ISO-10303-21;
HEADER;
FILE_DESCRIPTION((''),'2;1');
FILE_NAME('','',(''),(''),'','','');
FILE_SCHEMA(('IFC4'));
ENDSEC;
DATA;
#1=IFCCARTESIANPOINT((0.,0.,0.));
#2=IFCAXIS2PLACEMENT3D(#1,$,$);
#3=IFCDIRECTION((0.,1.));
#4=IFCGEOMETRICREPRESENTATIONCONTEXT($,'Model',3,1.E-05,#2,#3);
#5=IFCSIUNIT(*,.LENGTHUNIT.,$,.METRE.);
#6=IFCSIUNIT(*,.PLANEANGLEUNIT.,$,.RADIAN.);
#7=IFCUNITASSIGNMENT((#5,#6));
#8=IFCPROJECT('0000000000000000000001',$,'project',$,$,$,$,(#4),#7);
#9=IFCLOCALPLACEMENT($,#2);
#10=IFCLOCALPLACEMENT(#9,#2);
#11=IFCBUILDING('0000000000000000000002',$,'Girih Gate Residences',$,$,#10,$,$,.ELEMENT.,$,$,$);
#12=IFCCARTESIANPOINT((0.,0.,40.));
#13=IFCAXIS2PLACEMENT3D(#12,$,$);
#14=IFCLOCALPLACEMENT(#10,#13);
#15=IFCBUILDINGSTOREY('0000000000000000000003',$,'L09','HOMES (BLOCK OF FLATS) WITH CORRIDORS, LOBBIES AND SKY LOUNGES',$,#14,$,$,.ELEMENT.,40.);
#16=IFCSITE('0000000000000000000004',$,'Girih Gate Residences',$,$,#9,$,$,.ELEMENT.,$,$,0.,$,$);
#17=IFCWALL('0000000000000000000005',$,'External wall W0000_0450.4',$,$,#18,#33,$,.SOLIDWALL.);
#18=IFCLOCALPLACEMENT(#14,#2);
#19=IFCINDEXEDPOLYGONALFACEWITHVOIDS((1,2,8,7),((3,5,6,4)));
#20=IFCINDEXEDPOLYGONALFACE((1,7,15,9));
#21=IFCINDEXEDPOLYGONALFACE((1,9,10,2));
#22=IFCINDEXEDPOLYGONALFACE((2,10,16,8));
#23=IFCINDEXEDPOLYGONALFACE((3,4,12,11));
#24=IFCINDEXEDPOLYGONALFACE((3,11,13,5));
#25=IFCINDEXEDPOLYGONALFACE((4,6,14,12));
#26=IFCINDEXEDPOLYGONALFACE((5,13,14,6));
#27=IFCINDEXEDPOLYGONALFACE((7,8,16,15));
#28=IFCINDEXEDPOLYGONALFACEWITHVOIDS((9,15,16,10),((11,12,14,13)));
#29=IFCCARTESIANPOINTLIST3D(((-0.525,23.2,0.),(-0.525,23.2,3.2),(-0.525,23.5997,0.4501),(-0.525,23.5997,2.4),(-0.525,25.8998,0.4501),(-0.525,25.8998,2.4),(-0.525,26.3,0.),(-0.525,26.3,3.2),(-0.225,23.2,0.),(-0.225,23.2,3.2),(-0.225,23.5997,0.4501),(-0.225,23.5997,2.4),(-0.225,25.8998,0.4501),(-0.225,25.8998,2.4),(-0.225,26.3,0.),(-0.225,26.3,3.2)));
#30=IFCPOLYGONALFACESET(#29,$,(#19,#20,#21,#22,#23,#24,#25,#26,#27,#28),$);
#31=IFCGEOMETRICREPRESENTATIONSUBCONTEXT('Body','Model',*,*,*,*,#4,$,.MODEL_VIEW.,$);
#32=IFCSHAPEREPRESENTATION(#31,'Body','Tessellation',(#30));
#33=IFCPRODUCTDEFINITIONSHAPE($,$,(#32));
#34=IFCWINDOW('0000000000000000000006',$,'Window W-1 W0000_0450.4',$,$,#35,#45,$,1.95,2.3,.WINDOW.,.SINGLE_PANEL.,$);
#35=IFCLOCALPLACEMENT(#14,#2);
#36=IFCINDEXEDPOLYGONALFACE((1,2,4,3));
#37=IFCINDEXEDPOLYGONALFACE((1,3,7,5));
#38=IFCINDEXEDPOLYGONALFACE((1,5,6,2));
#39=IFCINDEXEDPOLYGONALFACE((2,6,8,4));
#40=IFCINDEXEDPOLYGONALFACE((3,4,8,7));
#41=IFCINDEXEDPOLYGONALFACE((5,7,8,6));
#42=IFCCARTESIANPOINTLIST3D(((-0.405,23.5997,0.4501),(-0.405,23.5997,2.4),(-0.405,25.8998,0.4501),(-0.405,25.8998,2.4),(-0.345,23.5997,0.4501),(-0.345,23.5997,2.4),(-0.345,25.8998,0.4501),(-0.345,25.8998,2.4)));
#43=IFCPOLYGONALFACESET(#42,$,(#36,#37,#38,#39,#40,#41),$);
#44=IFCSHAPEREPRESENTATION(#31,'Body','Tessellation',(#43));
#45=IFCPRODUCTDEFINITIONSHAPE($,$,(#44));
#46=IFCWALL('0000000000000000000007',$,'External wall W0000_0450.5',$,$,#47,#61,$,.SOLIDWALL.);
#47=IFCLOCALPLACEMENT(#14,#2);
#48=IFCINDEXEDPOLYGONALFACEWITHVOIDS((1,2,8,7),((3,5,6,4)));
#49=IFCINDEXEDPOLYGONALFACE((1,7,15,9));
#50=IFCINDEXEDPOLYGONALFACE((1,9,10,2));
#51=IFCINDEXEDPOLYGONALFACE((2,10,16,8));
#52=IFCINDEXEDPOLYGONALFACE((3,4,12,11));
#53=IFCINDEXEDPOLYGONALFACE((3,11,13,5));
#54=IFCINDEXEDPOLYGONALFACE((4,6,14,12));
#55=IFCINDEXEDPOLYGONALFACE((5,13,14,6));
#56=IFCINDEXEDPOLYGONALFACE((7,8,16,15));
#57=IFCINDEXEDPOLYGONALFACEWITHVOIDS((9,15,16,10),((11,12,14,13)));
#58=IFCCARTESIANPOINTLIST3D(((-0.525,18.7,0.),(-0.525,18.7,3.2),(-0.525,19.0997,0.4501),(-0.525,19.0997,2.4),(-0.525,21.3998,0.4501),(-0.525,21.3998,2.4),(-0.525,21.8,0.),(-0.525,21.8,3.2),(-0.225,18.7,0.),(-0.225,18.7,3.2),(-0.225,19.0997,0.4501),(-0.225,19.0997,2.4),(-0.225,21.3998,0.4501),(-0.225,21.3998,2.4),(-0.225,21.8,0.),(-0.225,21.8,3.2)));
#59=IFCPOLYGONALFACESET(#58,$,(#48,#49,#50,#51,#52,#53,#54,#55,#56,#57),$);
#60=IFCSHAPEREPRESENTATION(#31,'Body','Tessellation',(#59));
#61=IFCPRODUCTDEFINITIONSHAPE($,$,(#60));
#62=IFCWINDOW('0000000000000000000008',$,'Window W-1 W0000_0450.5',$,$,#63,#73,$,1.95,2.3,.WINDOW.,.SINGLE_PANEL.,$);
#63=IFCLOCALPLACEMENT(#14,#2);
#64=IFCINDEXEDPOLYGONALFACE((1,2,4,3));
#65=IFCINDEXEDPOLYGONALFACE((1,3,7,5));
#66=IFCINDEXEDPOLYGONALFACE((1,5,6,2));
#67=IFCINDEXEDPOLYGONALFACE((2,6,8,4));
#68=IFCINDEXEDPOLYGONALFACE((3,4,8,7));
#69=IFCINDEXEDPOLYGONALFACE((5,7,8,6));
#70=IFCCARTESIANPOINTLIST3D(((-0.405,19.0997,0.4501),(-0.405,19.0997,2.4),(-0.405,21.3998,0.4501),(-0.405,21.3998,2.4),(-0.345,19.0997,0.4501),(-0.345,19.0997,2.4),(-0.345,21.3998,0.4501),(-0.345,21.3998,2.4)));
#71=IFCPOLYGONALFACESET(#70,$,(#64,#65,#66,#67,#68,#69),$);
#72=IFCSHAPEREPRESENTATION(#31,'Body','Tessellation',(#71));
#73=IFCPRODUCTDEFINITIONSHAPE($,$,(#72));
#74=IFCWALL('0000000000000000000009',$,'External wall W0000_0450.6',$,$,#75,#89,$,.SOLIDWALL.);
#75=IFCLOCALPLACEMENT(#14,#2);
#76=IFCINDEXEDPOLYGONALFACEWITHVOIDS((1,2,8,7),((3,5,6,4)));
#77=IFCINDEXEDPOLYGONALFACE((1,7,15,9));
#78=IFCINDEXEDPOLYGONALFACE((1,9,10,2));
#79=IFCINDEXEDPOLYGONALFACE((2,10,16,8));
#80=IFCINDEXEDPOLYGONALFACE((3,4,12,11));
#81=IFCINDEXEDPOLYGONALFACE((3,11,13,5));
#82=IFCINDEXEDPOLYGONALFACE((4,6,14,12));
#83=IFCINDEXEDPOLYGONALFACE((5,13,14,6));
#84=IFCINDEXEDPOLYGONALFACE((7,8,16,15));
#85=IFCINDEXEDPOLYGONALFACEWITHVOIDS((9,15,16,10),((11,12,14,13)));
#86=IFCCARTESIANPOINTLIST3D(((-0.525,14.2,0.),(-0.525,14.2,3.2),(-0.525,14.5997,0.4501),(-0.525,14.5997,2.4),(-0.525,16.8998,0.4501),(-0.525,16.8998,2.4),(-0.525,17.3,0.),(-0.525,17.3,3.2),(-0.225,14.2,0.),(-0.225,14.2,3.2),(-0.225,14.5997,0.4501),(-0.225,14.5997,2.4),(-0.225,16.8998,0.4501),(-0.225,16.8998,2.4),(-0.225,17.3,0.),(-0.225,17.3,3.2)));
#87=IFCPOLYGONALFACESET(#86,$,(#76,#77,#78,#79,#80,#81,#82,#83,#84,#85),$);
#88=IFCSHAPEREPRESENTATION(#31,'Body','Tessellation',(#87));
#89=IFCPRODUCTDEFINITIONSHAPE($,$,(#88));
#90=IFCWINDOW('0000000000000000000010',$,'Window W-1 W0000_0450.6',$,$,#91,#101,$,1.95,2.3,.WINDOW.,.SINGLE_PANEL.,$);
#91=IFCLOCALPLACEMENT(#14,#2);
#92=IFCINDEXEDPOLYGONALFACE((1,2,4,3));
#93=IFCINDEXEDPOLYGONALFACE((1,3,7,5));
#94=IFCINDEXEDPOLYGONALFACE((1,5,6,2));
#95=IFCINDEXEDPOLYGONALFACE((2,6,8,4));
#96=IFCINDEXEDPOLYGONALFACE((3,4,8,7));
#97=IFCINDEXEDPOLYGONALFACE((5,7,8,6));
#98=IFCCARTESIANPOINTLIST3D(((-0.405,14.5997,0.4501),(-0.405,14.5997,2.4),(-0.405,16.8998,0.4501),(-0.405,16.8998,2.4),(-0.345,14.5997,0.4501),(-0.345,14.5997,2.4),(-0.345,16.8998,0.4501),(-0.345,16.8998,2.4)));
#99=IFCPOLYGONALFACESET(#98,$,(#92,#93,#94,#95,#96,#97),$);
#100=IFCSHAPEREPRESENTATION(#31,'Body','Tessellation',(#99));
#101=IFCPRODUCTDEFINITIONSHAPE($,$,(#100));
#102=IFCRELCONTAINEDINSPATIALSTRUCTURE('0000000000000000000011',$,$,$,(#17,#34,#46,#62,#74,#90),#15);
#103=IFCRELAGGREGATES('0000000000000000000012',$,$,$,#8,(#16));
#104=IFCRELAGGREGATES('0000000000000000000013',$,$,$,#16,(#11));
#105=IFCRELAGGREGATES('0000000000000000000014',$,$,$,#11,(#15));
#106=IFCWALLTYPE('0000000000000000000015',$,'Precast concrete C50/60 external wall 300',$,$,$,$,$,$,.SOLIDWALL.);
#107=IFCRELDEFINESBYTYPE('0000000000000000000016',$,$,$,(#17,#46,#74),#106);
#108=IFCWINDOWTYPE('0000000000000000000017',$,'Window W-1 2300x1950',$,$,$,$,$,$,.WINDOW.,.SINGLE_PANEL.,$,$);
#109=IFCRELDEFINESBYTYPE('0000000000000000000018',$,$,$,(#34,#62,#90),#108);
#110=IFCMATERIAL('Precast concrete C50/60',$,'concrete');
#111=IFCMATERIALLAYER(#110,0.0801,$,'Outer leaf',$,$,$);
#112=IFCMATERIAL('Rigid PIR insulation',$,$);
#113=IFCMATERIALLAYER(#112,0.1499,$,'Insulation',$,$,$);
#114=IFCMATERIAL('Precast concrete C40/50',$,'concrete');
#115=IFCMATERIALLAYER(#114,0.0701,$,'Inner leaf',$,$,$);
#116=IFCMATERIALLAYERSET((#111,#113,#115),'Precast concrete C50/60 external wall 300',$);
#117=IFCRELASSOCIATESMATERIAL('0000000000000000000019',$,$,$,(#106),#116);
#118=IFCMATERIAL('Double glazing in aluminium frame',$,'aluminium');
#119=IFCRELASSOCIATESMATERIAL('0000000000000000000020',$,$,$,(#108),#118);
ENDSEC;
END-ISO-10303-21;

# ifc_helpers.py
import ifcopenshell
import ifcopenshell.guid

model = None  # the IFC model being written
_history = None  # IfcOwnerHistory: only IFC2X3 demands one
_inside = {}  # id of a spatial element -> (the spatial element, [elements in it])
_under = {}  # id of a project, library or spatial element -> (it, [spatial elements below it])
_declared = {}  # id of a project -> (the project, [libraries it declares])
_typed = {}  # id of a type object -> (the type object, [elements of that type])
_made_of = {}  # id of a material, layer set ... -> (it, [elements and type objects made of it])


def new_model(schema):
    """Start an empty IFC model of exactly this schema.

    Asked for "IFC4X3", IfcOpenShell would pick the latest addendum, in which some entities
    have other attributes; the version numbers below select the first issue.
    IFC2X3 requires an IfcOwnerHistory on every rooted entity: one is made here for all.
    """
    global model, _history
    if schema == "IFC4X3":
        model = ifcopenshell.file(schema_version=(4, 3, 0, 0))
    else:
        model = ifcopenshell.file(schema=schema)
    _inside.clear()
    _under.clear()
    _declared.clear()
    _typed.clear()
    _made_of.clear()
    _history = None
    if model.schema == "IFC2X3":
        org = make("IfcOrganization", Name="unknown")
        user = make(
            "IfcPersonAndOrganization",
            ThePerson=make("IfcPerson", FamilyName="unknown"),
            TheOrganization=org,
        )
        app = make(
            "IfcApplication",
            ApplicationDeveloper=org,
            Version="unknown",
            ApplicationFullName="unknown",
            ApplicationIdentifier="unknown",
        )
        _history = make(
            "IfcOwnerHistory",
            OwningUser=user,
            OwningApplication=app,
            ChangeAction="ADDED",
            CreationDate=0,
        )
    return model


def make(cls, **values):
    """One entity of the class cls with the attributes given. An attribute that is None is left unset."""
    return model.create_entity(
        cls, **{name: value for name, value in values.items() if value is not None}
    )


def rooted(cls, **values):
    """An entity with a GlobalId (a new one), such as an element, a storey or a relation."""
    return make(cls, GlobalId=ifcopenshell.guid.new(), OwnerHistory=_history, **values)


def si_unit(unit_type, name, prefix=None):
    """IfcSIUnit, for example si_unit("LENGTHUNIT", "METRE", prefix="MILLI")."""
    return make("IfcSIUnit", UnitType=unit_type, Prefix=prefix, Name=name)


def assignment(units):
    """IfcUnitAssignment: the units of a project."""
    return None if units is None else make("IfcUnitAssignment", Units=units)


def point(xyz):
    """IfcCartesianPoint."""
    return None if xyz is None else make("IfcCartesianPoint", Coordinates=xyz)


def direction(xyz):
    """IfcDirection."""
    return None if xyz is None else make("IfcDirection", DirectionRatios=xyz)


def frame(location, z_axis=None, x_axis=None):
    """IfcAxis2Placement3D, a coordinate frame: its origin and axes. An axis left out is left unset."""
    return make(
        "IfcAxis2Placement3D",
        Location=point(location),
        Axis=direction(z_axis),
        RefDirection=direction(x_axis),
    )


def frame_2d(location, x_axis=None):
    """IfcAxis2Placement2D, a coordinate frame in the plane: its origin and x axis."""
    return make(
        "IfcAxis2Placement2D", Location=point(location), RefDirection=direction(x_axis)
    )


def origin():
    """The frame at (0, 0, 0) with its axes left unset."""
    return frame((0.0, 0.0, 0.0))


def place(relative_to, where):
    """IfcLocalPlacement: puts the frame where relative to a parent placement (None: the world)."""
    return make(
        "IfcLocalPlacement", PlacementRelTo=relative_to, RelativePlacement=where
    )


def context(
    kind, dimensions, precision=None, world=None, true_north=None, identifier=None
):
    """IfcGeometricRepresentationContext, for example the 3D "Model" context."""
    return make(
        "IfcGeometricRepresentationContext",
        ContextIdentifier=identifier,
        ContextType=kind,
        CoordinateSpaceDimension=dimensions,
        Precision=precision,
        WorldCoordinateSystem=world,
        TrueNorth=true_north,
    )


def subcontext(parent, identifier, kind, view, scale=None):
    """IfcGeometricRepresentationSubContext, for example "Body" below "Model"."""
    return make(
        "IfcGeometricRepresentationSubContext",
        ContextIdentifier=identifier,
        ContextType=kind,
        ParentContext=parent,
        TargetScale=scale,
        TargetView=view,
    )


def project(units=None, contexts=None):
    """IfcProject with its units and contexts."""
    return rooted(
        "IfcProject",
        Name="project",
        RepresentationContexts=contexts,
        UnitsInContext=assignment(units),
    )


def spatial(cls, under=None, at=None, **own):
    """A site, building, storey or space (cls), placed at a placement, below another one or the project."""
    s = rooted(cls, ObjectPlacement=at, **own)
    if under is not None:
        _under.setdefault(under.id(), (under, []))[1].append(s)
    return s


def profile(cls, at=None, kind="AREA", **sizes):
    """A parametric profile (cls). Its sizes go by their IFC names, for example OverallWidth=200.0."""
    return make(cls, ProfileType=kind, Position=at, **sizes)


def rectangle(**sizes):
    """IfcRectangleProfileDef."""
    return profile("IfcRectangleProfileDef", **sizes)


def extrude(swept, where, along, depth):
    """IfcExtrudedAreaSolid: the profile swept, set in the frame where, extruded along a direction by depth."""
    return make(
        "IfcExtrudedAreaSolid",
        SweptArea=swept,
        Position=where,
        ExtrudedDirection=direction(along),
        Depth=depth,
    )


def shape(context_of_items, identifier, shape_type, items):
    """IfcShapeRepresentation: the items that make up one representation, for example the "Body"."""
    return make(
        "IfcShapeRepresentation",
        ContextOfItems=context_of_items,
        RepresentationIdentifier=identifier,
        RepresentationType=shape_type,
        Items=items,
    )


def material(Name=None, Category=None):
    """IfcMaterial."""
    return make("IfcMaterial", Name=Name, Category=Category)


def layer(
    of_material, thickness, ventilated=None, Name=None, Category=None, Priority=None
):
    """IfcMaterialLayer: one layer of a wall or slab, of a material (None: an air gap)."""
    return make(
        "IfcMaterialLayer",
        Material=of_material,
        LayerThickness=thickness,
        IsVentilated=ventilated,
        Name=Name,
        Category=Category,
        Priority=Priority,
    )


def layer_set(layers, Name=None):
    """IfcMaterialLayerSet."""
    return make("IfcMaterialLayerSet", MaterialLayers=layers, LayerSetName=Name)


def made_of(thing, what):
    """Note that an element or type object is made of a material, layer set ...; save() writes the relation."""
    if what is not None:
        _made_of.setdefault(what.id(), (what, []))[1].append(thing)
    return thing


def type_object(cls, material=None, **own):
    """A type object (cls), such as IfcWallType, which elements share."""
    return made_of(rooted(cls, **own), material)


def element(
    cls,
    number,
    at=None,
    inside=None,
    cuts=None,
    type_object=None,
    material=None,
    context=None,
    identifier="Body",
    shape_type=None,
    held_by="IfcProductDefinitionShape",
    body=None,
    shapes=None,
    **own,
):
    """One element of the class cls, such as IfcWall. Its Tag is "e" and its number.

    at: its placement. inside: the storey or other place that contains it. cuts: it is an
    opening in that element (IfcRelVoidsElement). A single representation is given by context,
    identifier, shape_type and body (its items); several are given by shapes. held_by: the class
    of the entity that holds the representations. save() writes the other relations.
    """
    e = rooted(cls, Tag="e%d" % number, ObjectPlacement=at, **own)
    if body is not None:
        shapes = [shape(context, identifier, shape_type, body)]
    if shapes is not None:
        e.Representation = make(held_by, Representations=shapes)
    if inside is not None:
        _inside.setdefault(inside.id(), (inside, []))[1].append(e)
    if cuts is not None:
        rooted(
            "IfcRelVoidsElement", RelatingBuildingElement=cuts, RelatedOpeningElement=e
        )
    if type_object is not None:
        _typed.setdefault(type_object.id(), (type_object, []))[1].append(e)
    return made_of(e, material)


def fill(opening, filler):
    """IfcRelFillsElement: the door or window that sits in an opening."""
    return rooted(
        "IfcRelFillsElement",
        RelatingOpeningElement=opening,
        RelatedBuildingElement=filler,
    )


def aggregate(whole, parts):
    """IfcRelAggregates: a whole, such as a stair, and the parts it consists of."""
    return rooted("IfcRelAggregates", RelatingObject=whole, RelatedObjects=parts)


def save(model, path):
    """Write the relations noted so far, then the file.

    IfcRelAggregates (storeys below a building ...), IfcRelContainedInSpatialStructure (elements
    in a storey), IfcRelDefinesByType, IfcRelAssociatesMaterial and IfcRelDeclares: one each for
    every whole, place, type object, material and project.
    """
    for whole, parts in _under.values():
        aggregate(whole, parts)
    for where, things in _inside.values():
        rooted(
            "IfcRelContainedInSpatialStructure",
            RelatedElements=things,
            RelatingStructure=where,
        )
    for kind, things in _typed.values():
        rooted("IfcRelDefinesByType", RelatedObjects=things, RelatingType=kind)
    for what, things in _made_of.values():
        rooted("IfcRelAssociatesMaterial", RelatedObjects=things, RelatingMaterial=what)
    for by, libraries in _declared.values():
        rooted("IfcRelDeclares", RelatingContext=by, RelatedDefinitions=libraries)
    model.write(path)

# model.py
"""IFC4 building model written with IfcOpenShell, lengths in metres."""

from ifc_helpers import new_model, si_unit, direction, frame, frame_2d, origin, place, context, subcontext, project, spatial, rectangle, extrude, material, layer, layer_set, type_object, element, fill, save


model = new_model("IFC4")

# Units and contexts
model_context = context("Model", 3, precision=1e-05, world=origin(), true_north=direction((0.0, 1.0)))
body_context = subcontext(model_context, "Body", "Model", "MODEL_VIEW")
ifc_project = project(units=[si_unit("LENGTHUNIT", "METRE"), si_unit("PLANEANGLEUNIT", "RADIAN")], contexts=[model_context])

# Site, building, storey
site_placement = place(None, origin())
site = spatial("IfcSite", under=ifc_project, at=site_placement, Name="Girih Gate Residences", CompositionType="ELEMENT", RefElevation=0.0)
building_placement = place(site_placement, origin())
building = spatial("IfcBuilding", under=site, at=building_placement, Name="Girih Gate Residences", CompositionType="ELEMENT")
storey_placement = place(building_placement, frame((0.0, 0.0, 40.0)))
storey = spatial("IfcBuildingStorey", under=building, at=storey_placement, Name="L09", Description="HOMES (BLOCK OF FLATS) WITH CORRIDORS, LOBBIES AND SKY LOUNGES", CompositionType="ELEMENT", Elevation=40.0)

# Walls, openings, windows
ifc_material_1 = material(Name="Precast concrete C50/60", Category="concrete")
ifc_layer_1 = layer(ifc_material_1, 0.0801, Name="Outer leaf")
ifc_material_2 = material(Name="Rigid PIR insulation")
ifc_layer_2 = layer(ifc_material_2, 0.1499, Name="Insulation")
ifc_material_3 = material(Name="Precast concrete C40/50", Category="concrete")
ifc_layer_3 = layer(ifc_material_3, 0.0701, Name="Inner leaf")
ifc_layer_set_1 = layer_set([ifc_layer_1, ifc_layer_2, ifc_layer_3], Name="Precast concrete C50/60 external wall 300")
wall_type_1 = type_object("IfcWallType", Name="Precast concrete C50/60 external wall 300", PredefinedType="SOLIDWALL", material=ifc_layer_set_1)
wall_1_placement = place(storey_placement, frame((-0.375, 23.2, 0.0), z_axis=(0.0, 0.0, 1.0), x_axis=(0.0, 1.0, 0.0)))
wall_1 = element("IfcWall", 1, at=wall_1_placement, inside=storey, type_object=wall_type_1, Name="External wall W0000_0450.4", PredefinedType="SOLIDWALL", context=body_context, shape_type="SweptSolid", body=[
    extrude(rectangle(XDim=3.1001, YDim=0.3, at=frame_2d((1.55, 0.0))), origin(), (0.0, 0.0, 1.0), 3.2),
])
opening_1_placement = place(wall_1_placement, frame((0.3999, 0.0, 0.45)))
opening_1 = element("IfcOpeningElement", 2, at=opening_1_placement, cuts=wall_1, PredefinedType="OPENING", context=body_context, shape_type="SweptSolid", body=[
    extrude(rectangle(XDim=2.3, YDim=1.95, at=frame_2d((1.1499, 0.9751))), frame((0.0, 0.1599, 0.0), z_axis=(0.0, -1.0, 0.0), x_axis=(1.0, 0.0, 0.0)), (0.0, 0.0, 1.0), 0.3201),
])
ifc_material_4 = material(Name="Double glazing in aluminium frame", Category="aluminium")
window_type = type_object("IfcWindowType", Name="Window W-1 2300x1950", PartitioningType="SINGLE_PANEL", PredefinedType="WINDOW", material=ifc_material_4)
window_1_placement = place(opening_1_placement, origin())
window_1 = element("IfcWindow", 3, at=window_1_placement, inside=storey, type_object=window_type, Name="Window W-1 W0000_0450.4", OverallHeight=1.95, OverallWidth=2.3, PartitioningType="SINGLE_PANEL", PredefinedType="WINDOW", context=body_context, shape_type="SweptSolid", body=[
    extrude(rectangle(XDim=2.3, YDim=1.95, at=frame_2d((1.1499, 0.9751))), frame((0.0, 0.03, 0.0), z_axis=(0.0, -1.0, 0.0), x_axis=(1.0, 0.0, 0.0)), (0.0, 0.0, 1.0), 0.0601),
])
fill(opening_1, window_1)
wall_2_placement = place(storey_placement, frame((-0.375, 18.7, 0.0), z_axis=(0.0, 0.0, 1.0), x_axis=(0.0, 1.0, 0.0)))
wall_2 = element("IfcWall", 4, at=wall_2_placement, inside=storey, type_object=wall_type_1, Name="External wall W0000_0450.5", PredefinedType="SOLIDWALL", context=body_context, shape_type="SweptSolid", body=[
    extrude(rectangle(XDim=3.1001, YDim=0.3, at=frame_2d((1.55, 0.0))), origin(), (0.0, 0.0, 1.0), 3.2),
])
opening_2_placement = place(wall_2_placement, frame((0.3999, 0.0, 0.45)))
opening_2 = element("IfcOpeningElement", 5, at=opening_2_placement, cuts=wall_2, PredefinedType="OPENING", context=body_context, shape_type="SweptSolid", body=[
    extrude(rectangle(XDim=2.3, YDim=1.95, at=frame_2d((1.1499, 0.9751))), frame((0.0, 0.1599, 0.0), z_axis=(0.0, -1.0, 0.0), x_axis=(1.0, 0.0, 0.0)), (0.0, 0.0, 1.0), 0.3201),
])
window_2_placement = place(opening_2_placement, origin())
window_2 = element("IfcWindow", 6, at=window_2_placement, inside=storey, type_object=window_type, Name="Window W-1 W0000_0450.5", OverallHeight=1.95, OverallWidth=2.3, PartitioningType="SINGLE_PANEL", PredefinedType="WINDOW", context=body_context, shape_type="SweptSolid", body=[
    extrude(rectangle(XDim=2.3, YDim=1.95, at=frame_2d((1.1499, 0.9751))), frame((0.0, 0.03, 0.0), z_axis=(0.0, -1.0, 0.0), x_axis=(1.0, 0.0, 0.0)), (0.0, 0.0, 1.0), 0.0601),
])
fill(opening_2, window_2)
wall_3_placement = place(storey_placement, frame((-0.375, 14.2, 0.0), z_axis=(0.0, 0.0, 1.0), x_axis=(0.0, 1.0, 0.0)))
wall_3 = element("IfcWall", 7, at=wall_3_placement, inside=storey, type_object=wall_type_1, Name="External wall W0000_0450.6", PredefinedType="SOLIDWALL", context=body_context, shape_type="SweptSolid", body=[
    extrude(rectangle(XDim=3.1001, YDim=0.3, at=frame_2d((1.55, 0.0))), origin(), (0.0, 0.0, 1.0), 3.2),
])
opening_3_placement = place(wall_3_placement, frame((0.3999, 0.0, 0.45)))
opening_3 = element("IfcOpeningElement", 8, at=opening_3_placement, cuts=wall_3, PredefinedType="OPENING", context=body_context, shape_type="SweptSolid", body=[
    extrude(rectangle(XDim=2.3, YDim=1.95, at=frame_2d((1.1499, 0.9751))), frame((0.0, 0.1599, 0.0), z_axis=(0.0, -1.0, 0.0), x_axis=(1.0, 0.0, 0.0)), (0.0, 0.0, 1.0), 0.3201),
])
window_3_placement = place(opening_3_placement, origin())
window_3 = element("IfcWindow", 9, at=window_3_placement, inside=storey, type_object=window_type, Name="Window W-1 W0000_0450.6", OverallHeight=1.95, OverallWidth=2.3, PartitioningType="SINGLE_PANEL", PredefinedType="WINDOW", context=body_context, shape_type="SweptSolid", body=[
    extrude(rectangle(XDim=2.3, YDim=1.95, at=frame_2d((1.1499, 0.9751))), frame((0.0, 0.03, 0.0), z_axis=(0.0, -1.0, 0.0), x_axis=(1.0, 0.0, 0.0)), (0.0, 0.0, 1.0), 0.0601),
])
fill(opening_3, window_3)

save(model, "model.ifc")
